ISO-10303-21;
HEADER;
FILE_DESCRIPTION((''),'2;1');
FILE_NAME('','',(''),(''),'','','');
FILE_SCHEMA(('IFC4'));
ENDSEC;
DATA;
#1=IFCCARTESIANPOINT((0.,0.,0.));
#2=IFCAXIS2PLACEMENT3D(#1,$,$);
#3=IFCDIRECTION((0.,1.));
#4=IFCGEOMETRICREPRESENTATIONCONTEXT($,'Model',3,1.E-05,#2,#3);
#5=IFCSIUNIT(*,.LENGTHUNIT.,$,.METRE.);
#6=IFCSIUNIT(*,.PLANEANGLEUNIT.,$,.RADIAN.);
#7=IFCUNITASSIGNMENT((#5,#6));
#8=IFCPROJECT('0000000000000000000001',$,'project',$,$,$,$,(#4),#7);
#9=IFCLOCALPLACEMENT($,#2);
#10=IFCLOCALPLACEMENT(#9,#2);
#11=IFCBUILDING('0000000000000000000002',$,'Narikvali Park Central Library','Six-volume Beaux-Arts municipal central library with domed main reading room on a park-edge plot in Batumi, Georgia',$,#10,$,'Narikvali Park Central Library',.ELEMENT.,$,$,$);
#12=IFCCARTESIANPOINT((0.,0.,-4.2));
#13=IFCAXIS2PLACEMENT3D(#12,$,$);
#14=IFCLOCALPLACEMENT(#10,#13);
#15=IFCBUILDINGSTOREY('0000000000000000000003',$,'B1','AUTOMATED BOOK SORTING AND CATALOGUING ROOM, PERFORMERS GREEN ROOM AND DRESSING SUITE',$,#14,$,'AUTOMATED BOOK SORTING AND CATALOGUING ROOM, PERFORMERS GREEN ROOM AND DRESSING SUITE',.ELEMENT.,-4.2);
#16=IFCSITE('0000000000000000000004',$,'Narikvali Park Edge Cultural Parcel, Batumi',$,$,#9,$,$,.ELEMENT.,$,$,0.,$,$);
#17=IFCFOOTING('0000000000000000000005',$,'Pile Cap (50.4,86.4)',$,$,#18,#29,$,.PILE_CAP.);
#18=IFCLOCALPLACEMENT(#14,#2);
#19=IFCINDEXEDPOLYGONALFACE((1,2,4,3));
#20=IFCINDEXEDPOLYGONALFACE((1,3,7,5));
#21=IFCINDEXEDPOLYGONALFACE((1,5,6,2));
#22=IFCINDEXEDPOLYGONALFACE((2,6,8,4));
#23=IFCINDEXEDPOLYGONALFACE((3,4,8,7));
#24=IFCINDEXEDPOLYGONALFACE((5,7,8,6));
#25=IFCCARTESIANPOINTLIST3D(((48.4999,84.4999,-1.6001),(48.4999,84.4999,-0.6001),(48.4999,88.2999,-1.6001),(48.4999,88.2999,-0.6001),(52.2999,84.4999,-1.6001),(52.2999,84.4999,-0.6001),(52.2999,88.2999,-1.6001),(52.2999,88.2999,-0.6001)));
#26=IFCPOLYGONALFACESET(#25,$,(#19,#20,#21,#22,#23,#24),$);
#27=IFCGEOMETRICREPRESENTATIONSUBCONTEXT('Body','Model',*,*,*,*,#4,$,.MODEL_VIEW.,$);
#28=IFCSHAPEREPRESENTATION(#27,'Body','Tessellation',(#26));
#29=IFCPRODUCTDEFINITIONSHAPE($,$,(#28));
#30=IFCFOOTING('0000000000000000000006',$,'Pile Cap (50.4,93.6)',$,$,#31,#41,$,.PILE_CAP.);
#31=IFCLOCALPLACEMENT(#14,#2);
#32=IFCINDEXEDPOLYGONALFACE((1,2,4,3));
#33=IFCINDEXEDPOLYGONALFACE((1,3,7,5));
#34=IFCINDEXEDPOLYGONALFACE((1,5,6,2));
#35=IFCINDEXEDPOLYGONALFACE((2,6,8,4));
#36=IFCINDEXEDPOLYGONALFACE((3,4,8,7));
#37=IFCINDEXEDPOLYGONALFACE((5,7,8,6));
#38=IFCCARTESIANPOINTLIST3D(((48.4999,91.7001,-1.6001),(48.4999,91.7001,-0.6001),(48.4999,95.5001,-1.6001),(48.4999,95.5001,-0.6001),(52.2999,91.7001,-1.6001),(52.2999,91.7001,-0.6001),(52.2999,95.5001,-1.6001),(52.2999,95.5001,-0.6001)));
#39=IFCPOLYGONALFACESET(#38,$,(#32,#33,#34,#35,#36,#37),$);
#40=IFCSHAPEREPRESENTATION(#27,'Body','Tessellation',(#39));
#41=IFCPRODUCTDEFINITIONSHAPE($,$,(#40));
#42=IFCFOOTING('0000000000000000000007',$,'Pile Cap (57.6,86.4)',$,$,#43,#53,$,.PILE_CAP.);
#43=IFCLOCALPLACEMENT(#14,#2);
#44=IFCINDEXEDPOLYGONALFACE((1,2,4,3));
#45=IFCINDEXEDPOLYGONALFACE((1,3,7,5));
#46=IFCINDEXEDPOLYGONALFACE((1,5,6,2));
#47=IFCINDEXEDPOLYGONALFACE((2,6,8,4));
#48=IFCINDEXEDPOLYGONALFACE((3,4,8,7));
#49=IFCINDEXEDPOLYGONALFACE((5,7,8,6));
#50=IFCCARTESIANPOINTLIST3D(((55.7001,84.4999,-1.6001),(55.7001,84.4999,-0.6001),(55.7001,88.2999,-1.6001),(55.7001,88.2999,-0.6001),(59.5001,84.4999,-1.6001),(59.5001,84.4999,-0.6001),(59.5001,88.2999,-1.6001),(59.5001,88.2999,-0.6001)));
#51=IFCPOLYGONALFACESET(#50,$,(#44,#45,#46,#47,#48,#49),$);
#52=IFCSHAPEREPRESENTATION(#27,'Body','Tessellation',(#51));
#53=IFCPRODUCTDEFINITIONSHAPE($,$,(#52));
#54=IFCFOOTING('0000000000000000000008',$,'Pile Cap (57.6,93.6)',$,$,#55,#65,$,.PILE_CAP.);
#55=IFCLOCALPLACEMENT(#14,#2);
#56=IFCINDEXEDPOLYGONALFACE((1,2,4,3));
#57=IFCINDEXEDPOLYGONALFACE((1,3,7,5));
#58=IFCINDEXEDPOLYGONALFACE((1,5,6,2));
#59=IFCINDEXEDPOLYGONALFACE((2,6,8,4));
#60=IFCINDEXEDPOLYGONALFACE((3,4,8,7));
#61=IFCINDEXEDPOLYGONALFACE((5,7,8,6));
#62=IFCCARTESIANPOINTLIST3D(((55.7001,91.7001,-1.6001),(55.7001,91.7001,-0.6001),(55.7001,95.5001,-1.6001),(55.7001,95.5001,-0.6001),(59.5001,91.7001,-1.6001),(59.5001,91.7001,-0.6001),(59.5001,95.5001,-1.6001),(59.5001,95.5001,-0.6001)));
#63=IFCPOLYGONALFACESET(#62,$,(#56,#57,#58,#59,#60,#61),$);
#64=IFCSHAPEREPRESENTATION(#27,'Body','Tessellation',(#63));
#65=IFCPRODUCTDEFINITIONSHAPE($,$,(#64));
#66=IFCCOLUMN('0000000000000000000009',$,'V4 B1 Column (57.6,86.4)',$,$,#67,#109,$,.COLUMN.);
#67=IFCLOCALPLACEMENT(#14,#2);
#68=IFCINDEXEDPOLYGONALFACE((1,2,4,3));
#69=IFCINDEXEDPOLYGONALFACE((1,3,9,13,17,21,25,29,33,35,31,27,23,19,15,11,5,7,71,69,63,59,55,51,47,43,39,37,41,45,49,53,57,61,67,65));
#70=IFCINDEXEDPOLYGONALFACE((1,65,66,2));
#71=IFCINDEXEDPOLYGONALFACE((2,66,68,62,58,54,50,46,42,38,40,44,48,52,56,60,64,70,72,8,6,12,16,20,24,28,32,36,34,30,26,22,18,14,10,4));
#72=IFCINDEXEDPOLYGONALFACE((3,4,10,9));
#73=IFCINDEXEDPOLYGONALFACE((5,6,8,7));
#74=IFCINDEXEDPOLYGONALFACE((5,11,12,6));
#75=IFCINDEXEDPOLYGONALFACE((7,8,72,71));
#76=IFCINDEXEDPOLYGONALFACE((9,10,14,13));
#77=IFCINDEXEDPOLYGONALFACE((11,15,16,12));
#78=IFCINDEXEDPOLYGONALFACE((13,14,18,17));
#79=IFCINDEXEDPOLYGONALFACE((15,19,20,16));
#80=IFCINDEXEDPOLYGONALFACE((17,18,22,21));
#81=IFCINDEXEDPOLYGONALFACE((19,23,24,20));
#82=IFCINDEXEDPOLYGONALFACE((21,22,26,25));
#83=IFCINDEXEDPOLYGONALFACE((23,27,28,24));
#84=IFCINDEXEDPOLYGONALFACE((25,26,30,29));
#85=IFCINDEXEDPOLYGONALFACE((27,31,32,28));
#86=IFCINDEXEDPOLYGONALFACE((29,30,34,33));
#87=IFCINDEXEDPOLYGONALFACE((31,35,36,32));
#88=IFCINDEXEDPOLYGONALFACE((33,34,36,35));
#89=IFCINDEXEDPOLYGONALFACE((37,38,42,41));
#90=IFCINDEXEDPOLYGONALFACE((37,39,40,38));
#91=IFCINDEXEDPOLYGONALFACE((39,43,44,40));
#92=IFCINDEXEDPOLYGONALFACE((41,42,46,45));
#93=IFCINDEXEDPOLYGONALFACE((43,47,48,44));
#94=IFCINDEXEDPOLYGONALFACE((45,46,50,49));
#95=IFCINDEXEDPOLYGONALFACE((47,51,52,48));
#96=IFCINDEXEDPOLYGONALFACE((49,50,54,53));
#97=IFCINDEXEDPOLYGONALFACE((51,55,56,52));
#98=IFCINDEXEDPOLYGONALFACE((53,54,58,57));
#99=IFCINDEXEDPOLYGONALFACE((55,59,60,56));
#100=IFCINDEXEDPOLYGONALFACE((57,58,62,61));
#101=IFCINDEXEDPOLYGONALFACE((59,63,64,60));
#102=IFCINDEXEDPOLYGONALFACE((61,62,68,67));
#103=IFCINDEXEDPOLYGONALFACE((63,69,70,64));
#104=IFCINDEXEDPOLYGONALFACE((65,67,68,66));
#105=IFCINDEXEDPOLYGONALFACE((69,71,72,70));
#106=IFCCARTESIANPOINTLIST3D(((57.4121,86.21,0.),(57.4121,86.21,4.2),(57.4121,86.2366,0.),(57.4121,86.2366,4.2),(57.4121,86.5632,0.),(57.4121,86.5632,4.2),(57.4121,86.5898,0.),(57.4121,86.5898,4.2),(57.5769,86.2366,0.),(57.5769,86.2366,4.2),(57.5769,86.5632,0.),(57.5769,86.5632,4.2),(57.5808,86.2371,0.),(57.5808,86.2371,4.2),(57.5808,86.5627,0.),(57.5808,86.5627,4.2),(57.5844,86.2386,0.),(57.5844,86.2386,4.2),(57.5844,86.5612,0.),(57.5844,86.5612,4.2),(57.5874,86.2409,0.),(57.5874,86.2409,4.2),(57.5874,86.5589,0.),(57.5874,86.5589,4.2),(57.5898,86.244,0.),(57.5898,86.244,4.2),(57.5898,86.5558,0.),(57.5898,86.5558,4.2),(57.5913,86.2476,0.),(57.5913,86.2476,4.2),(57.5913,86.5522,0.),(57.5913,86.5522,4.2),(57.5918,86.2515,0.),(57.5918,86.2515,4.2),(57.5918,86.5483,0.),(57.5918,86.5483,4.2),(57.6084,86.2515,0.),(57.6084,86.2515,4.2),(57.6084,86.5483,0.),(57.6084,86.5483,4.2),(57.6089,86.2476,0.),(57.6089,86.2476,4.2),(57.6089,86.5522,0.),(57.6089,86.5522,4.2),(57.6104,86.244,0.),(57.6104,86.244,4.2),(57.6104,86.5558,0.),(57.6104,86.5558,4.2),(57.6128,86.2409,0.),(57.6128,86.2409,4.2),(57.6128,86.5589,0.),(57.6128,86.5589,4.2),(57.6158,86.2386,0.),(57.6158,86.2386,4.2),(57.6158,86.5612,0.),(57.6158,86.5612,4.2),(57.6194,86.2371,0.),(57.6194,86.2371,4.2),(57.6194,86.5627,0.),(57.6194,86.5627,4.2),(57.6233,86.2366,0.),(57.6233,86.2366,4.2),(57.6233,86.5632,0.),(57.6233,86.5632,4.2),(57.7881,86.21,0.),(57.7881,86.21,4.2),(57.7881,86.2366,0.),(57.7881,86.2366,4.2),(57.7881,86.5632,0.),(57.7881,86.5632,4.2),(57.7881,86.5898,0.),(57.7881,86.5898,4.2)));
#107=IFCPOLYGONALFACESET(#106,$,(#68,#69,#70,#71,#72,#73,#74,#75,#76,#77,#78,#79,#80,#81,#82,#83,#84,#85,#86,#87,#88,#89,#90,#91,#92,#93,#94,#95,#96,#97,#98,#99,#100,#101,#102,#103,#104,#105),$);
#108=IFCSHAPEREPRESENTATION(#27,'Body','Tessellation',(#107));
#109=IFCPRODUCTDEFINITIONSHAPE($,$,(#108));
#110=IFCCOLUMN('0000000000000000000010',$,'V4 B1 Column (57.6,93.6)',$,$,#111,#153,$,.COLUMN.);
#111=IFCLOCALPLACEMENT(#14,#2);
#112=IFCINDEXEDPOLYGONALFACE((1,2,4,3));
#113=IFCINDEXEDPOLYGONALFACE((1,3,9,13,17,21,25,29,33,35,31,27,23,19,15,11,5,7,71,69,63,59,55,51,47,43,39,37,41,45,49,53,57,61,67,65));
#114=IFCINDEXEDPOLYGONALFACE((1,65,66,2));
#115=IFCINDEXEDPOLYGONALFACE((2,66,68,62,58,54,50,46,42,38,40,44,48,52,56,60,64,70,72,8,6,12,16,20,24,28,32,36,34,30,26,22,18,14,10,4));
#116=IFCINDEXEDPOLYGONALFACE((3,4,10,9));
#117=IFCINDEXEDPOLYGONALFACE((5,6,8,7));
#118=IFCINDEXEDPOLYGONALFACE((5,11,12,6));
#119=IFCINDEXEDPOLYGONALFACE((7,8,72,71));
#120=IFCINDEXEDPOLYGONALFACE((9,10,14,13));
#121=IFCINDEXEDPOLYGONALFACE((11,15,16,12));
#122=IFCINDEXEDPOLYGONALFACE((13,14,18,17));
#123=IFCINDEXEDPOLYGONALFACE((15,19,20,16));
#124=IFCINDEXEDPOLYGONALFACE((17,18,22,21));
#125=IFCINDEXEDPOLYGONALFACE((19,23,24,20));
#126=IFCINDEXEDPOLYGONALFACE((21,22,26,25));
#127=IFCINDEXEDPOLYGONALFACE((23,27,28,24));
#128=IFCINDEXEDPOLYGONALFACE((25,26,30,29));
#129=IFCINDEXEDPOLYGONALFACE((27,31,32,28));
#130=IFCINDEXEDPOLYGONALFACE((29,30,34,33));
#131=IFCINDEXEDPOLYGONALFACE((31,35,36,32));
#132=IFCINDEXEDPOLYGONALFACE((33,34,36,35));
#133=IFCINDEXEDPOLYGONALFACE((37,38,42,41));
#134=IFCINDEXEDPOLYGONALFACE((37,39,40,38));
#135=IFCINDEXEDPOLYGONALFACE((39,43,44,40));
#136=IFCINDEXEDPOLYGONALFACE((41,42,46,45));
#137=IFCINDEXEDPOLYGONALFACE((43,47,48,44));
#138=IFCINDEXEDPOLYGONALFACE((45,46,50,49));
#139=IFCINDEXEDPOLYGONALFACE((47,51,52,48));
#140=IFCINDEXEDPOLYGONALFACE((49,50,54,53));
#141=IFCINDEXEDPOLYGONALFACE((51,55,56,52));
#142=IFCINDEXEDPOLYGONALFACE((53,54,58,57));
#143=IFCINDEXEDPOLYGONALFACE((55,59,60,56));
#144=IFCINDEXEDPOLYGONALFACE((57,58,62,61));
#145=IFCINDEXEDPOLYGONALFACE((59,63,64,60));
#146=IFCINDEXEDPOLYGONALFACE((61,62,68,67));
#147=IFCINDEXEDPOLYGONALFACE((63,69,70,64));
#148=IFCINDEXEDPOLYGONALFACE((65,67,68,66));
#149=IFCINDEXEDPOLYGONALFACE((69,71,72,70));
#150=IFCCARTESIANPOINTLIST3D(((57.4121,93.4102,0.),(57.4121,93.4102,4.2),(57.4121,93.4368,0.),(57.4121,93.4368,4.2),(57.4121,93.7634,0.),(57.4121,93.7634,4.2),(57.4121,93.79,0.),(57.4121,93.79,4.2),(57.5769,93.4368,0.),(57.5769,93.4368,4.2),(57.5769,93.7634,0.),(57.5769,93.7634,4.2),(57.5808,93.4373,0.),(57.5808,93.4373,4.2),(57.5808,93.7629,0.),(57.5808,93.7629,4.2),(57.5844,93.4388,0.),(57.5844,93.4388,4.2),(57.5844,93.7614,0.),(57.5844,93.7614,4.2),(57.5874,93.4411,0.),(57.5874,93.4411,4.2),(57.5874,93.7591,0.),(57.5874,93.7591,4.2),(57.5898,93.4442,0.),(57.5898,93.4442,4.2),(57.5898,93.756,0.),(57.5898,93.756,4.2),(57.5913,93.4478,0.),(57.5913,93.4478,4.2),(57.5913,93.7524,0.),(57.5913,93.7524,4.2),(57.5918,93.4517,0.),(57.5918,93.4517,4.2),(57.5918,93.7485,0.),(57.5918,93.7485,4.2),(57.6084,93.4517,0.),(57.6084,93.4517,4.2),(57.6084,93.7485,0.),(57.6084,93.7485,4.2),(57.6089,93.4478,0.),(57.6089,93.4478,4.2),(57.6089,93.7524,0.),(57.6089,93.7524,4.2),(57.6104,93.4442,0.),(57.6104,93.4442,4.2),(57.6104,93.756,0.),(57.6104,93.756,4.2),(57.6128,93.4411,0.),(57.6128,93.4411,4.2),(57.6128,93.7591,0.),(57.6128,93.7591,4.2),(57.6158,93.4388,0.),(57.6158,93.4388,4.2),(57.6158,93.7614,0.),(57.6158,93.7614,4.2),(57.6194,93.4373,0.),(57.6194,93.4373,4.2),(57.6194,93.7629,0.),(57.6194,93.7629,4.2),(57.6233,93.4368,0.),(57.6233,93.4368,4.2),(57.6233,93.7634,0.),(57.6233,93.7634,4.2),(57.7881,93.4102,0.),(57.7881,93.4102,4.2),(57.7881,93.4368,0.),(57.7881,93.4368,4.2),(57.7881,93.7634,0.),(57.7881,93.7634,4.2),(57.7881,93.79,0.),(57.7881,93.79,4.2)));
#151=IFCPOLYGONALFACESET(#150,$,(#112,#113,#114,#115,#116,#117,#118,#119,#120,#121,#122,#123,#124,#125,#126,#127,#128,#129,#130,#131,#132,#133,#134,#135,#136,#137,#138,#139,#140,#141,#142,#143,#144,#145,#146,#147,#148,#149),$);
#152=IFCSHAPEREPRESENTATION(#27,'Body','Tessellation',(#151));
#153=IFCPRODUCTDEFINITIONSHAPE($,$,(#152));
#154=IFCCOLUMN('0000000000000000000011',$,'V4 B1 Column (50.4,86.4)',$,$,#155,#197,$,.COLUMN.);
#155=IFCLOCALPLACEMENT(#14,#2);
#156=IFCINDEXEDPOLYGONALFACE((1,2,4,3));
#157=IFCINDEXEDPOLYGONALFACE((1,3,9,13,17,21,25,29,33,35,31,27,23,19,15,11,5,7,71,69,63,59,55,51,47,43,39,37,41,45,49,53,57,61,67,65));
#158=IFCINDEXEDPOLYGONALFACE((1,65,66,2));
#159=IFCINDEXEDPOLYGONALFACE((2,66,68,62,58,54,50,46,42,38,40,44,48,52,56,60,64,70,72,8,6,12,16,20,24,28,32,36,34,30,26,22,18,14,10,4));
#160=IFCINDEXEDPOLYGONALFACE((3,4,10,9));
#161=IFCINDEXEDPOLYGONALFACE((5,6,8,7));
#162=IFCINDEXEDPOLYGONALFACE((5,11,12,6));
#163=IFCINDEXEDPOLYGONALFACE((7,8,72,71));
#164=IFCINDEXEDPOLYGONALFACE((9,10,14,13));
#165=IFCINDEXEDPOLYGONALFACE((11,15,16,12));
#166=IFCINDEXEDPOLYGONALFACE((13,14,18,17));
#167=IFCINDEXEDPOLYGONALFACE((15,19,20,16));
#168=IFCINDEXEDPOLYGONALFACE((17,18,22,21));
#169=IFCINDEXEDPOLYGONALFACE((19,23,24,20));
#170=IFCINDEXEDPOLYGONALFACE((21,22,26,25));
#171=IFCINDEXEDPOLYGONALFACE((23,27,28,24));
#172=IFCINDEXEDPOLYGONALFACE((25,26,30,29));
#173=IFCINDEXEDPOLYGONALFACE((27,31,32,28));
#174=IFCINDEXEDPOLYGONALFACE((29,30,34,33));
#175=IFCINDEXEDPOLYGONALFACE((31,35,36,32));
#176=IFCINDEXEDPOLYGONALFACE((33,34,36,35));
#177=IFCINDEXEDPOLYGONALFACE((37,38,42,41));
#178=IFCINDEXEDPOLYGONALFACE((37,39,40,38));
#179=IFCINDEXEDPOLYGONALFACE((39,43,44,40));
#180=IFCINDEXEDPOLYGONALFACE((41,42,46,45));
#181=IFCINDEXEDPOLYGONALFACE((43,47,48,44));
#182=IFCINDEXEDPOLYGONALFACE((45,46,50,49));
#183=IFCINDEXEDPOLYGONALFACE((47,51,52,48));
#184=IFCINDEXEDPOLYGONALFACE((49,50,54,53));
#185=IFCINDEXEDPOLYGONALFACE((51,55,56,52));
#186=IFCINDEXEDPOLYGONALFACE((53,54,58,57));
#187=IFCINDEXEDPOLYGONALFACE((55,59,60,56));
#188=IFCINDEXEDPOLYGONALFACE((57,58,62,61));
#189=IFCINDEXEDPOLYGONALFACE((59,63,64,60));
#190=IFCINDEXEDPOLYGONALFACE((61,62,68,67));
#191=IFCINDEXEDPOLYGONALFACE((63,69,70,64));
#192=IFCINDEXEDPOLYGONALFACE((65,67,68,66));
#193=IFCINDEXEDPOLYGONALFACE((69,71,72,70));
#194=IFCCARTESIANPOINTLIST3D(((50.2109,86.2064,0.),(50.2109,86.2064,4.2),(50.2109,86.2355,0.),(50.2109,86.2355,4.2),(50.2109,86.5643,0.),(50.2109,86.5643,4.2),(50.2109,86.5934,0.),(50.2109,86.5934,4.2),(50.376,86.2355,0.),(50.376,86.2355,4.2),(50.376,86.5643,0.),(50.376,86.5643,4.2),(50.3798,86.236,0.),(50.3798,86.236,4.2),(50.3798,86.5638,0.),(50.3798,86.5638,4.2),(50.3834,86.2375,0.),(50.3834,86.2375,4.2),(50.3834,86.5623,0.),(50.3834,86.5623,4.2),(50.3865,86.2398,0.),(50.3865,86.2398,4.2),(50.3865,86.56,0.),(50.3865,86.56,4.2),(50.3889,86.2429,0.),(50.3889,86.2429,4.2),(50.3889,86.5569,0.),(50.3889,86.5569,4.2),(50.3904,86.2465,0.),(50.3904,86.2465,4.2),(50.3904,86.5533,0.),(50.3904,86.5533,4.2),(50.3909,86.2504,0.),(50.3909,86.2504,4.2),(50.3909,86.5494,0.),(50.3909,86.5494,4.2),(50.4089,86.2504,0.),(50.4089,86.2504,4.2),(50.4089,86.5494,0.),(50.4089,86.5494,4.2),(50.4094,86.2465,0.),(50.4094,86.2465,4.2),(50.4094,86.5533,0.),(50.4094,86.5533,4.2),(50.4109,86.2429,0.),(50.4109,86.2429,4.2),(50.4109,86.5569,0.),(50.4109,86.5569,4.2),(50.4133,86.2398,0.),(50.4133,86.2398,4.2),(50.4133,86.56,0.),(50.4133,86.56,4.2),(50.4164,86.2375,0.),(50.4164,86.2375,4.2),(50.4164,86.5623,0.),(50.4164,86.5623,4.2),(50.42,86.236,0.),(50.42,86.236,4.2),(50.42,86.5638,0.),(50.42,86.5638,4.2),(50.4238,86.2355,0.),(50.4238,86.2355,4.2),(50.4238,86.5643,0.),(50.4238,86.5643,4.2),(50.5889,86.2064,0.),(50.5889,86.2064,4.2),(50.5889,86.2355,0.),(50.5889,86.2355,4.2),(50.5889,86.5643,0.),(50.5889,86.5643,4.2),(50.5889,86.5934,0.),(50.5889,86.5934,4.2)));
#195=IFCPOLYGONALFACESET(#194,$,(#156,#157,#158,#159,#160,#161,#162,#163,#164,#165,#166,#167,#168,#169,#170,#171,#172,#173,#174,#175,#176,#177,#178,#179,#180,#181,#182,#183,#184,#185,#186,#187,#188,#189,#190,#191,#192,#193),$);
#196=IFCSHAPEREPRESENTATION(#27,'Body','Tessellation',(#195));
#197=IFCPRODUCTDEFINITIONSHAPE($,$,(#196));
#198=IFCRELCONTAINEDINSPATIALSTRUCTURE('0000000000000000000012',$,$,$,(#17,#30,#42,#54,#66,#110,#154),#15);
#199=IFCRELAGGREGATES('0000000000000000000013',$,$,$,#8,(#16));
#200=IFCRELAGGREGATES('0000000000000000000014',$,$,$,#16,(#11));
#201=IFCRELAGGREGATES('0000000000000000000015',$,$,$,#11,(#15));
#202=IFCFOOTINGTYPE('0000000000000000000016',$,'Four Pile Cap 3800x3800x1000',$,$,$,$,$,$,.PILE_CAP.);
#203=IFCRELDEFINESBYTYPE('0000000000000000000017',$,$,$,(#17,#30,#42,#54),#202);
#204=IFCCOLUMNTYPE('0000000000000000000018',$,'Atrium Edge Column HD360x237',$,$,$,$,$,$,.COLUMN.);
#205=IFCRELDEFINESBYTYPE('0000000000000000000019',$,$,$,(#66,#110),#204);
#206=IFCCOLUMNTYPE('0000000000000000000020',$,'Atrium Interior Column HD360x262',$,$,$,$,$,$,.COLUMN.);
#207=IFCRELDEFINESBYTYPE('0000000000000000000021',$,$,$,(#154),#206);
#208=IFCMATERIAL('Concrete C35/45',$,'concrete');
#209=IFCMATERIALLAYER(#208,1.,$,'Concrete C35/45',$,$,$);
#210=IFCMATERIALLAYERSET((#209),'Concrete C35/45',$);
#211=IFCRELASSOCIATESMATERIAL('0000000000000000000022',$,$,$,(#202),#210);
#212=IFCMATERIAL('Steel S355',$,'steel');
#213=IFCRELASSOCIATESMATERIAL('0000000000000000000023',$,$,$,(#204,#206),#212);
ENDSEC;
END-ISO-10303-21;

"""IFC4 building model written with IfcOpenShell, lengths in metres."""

from ifc_helpers import new_model, si_unit, direction, frame, origin, origin_2d, place, context, subcontext, project, spatial, rectangle, i_section, extrude, material, layer, layer_set, material_profile, profile_set, type_object, element, save


model = new_model("IFC4")

# Units and contexts
model_context = context("Model", 3, precision=1e-05, world=origin(), true_north=direction((0.0, 1.0)))
body_context = subcontext(model_context, "Body", "Model", "MODEL_VIEW")
ifc_project = project(units=[si_unit("LENGTHUNIT", "METRE"), si_unit("PLANEANGLEUNIT", "RADIAN")], contexts=[model_context])

# Site, building, storey
site_placement = place(None, origin())
site = spatial("IfcSite", under=ifc_project, at=site_placement, Name="Narikvali Park Edge Cultural Parcel, Batumi", CompositionType="ELEMENT", RefElevation=0.0)
building_placement = place(site_placement, origin())
building = spatial("IfcBuilding", under=site, at=building_placement, Name="Narikvali Park Central Library", Description="Six-volume Beaux-Arts municipal central library with domed main reading room on a park-edge plot in Batumi, Georgia", LongName="Narikvali Park Central Library", CompositionType="ELEMENT")
storey_placement = place(building_placement, frame((0.0, 0.0, -4.2)))
storey = spatial("IfcBuildingStorey", under=building, at=storey_placement, Name="B1", Description="AUTOMATED BOOK SORTING AND CATALOGUING ROOM, PERFORMERS GREEN ROOM AND DRESSING SUITE", LongName="AUTOMATED BOOK SORTING AND CATALOGUING ROOM, PERFORMERS GREEN ROOM AND DRESSING SUITE", CompositionType="ELEMENT", Elevation=-4.2)

# Shared definitions
ifc_material_1 = material(Name="Concrete C35/45", Category="concrete")

# Footings
ifc_layer_1 = layer(ifc_material_1, 1.0, Name="Concrete C35/45")
ifc_layer_set_1 = layer_set([ifc_layer_1], Name="Concrete C35/45")
footing_type_1 = type_object("IfcFootingType", Name="Four Pile Cap 3800x3800x1000", PredefinedType="PILE_CAP", material=ifc_layer_set_1)
for number, where, z_axis, x_axis, name in (
    (1, (50.3999, 86.3999, -1.6001), (0.0, 0.0, 1.0), (1.0, 0.0, 0.0), "Pile Cap (50.4,86.4)"),
    (2, (50.3999, 93.6001, -1.6001), (0.0, 0.0, 1.0), (1.0, 0.0, 0.0), "Pile Cap (50.4,93.6)"),
    (3, (57.6001, 86.3999, -1.6001), (0.0, 0.0, 1.0), (1.0, 0.0, 0.0), "Pile Cap (57.6,86.4)"),
    (4, (57.6001, 93.6001, -1.6001), (0.0, 0.0, 1.0), (1.0, 0.0, 0.0), "Pile Cap (57.6,93.6)"),
):
    element("IfcFooting", number, at=place(storey_placement, frame(where, z_axis=z_axis, x_axis=x_axis)), inside=storey, type_object=footing_type_1, Name=name, PredefinedType="PILE_CAP", context=body_context, shape_type="SweptSolid", body=[
        extrude(rectangle(XDim=3.8, YDim=3.8, at=origin_2d()), origin(), (0.0, 0.0, 1.0), 1.0),
    ])

# Columns
ifc_material_2 = material(Name="Steel S355", Category="steel")
ifc_material_profile_1 = material_profile(ifc_material_2, i_section(OverallWidth=0.376, OverallDepth=0.3799, WebThickness=0.0166, FlangeThickness=0.0266, FilletRadius=0.0149, at=origin_2d()), Name="HD 360x237")
ifc_profile_set_1 = profile_set([ifc_material_profile_1], Name="Steel S355")
column_type_1 = type_object("IfcColumnType", Name="Atrium Edge Column HD360x237", PredefinedType="COLUMN", material=ifc_profile_set_1)
for number, where, z_axis, x_axis, name in (
    (5, (57.6001, 86.3999, 0.0), (0.0, 0.0, 1.0), (1.0, 0.0, 0.0), "V4 B1 Column (57.6,86.4)"),
    (6, (57.6001, 93.6001, 0.0), (0.0, 0.0, 1.0), (1.0, 0.0, 0.0), "V4 B1 Column (57.6,93.6)"),
):
    element("IfcColumn", number, at=place(storey_placement, frame(where, z_axis=z_axis, x_axis=x_axis)), inside=storey, type_object=column_type_1, Name=name, PredefinedType="COLUMN", context=body_context, shape_type="SweptSolid", body=[
        extrude(i_section(OverallWidth=0.376, OverallDepth=0.3799, WebThickness=0.0166, FlangeThickness=0.0266, FilletRadius=0.0149, at=origin_2d()), origin(), (0.0, 0.0, 1.0), 4.2),
    ])
ifc_material_profile_2 = material_profile(ifc_material_2, i_section(OverallWidth=0.3779, OverallDepth=0.387, WebThickness=0.0181, FlangeThickness=0.0291, FilletRadius=0.0149, at=origin_2d()), Name="HD 360x262")
ifc_profile_set_2 = profile_set([ifc_material_profile_2], Name="Steel S355")
column_type_2 = type_object("IfcColumnType", Name="Atrium Interior Column HD360x262", PredefinedType="COLUMN", material=ifc_profile_set_2)
for number, where, z_axis, x_axis, name in (
    (7, (50.3999, 86.3999, 0.0), (0.0, 0.0, 1.0), (1.0, 0.0, 0.0), "V4 B1 Column (50.4,86.4)"),
):
    element("IfcColumn", number, at=place(storey_placement, frame(where, z_axis=z_axis, x_axis=x_axis)), inside=storey, type_object=column_type_2, Name=name, PredefinedType="COLUMN", context=body_context, shape_type="SweptSolid", body=[
        extrude(i_section(OverallWidth=0.3779, OverallDepth=0.387, WebThickness=0.0181, FlangeThickness=0.0291, FilletRadius=0.0149, at=origin_2d()), origin(), (0.0, 0.0, 1.0), 4.2),
    ])

save(model, "model.ifc")
